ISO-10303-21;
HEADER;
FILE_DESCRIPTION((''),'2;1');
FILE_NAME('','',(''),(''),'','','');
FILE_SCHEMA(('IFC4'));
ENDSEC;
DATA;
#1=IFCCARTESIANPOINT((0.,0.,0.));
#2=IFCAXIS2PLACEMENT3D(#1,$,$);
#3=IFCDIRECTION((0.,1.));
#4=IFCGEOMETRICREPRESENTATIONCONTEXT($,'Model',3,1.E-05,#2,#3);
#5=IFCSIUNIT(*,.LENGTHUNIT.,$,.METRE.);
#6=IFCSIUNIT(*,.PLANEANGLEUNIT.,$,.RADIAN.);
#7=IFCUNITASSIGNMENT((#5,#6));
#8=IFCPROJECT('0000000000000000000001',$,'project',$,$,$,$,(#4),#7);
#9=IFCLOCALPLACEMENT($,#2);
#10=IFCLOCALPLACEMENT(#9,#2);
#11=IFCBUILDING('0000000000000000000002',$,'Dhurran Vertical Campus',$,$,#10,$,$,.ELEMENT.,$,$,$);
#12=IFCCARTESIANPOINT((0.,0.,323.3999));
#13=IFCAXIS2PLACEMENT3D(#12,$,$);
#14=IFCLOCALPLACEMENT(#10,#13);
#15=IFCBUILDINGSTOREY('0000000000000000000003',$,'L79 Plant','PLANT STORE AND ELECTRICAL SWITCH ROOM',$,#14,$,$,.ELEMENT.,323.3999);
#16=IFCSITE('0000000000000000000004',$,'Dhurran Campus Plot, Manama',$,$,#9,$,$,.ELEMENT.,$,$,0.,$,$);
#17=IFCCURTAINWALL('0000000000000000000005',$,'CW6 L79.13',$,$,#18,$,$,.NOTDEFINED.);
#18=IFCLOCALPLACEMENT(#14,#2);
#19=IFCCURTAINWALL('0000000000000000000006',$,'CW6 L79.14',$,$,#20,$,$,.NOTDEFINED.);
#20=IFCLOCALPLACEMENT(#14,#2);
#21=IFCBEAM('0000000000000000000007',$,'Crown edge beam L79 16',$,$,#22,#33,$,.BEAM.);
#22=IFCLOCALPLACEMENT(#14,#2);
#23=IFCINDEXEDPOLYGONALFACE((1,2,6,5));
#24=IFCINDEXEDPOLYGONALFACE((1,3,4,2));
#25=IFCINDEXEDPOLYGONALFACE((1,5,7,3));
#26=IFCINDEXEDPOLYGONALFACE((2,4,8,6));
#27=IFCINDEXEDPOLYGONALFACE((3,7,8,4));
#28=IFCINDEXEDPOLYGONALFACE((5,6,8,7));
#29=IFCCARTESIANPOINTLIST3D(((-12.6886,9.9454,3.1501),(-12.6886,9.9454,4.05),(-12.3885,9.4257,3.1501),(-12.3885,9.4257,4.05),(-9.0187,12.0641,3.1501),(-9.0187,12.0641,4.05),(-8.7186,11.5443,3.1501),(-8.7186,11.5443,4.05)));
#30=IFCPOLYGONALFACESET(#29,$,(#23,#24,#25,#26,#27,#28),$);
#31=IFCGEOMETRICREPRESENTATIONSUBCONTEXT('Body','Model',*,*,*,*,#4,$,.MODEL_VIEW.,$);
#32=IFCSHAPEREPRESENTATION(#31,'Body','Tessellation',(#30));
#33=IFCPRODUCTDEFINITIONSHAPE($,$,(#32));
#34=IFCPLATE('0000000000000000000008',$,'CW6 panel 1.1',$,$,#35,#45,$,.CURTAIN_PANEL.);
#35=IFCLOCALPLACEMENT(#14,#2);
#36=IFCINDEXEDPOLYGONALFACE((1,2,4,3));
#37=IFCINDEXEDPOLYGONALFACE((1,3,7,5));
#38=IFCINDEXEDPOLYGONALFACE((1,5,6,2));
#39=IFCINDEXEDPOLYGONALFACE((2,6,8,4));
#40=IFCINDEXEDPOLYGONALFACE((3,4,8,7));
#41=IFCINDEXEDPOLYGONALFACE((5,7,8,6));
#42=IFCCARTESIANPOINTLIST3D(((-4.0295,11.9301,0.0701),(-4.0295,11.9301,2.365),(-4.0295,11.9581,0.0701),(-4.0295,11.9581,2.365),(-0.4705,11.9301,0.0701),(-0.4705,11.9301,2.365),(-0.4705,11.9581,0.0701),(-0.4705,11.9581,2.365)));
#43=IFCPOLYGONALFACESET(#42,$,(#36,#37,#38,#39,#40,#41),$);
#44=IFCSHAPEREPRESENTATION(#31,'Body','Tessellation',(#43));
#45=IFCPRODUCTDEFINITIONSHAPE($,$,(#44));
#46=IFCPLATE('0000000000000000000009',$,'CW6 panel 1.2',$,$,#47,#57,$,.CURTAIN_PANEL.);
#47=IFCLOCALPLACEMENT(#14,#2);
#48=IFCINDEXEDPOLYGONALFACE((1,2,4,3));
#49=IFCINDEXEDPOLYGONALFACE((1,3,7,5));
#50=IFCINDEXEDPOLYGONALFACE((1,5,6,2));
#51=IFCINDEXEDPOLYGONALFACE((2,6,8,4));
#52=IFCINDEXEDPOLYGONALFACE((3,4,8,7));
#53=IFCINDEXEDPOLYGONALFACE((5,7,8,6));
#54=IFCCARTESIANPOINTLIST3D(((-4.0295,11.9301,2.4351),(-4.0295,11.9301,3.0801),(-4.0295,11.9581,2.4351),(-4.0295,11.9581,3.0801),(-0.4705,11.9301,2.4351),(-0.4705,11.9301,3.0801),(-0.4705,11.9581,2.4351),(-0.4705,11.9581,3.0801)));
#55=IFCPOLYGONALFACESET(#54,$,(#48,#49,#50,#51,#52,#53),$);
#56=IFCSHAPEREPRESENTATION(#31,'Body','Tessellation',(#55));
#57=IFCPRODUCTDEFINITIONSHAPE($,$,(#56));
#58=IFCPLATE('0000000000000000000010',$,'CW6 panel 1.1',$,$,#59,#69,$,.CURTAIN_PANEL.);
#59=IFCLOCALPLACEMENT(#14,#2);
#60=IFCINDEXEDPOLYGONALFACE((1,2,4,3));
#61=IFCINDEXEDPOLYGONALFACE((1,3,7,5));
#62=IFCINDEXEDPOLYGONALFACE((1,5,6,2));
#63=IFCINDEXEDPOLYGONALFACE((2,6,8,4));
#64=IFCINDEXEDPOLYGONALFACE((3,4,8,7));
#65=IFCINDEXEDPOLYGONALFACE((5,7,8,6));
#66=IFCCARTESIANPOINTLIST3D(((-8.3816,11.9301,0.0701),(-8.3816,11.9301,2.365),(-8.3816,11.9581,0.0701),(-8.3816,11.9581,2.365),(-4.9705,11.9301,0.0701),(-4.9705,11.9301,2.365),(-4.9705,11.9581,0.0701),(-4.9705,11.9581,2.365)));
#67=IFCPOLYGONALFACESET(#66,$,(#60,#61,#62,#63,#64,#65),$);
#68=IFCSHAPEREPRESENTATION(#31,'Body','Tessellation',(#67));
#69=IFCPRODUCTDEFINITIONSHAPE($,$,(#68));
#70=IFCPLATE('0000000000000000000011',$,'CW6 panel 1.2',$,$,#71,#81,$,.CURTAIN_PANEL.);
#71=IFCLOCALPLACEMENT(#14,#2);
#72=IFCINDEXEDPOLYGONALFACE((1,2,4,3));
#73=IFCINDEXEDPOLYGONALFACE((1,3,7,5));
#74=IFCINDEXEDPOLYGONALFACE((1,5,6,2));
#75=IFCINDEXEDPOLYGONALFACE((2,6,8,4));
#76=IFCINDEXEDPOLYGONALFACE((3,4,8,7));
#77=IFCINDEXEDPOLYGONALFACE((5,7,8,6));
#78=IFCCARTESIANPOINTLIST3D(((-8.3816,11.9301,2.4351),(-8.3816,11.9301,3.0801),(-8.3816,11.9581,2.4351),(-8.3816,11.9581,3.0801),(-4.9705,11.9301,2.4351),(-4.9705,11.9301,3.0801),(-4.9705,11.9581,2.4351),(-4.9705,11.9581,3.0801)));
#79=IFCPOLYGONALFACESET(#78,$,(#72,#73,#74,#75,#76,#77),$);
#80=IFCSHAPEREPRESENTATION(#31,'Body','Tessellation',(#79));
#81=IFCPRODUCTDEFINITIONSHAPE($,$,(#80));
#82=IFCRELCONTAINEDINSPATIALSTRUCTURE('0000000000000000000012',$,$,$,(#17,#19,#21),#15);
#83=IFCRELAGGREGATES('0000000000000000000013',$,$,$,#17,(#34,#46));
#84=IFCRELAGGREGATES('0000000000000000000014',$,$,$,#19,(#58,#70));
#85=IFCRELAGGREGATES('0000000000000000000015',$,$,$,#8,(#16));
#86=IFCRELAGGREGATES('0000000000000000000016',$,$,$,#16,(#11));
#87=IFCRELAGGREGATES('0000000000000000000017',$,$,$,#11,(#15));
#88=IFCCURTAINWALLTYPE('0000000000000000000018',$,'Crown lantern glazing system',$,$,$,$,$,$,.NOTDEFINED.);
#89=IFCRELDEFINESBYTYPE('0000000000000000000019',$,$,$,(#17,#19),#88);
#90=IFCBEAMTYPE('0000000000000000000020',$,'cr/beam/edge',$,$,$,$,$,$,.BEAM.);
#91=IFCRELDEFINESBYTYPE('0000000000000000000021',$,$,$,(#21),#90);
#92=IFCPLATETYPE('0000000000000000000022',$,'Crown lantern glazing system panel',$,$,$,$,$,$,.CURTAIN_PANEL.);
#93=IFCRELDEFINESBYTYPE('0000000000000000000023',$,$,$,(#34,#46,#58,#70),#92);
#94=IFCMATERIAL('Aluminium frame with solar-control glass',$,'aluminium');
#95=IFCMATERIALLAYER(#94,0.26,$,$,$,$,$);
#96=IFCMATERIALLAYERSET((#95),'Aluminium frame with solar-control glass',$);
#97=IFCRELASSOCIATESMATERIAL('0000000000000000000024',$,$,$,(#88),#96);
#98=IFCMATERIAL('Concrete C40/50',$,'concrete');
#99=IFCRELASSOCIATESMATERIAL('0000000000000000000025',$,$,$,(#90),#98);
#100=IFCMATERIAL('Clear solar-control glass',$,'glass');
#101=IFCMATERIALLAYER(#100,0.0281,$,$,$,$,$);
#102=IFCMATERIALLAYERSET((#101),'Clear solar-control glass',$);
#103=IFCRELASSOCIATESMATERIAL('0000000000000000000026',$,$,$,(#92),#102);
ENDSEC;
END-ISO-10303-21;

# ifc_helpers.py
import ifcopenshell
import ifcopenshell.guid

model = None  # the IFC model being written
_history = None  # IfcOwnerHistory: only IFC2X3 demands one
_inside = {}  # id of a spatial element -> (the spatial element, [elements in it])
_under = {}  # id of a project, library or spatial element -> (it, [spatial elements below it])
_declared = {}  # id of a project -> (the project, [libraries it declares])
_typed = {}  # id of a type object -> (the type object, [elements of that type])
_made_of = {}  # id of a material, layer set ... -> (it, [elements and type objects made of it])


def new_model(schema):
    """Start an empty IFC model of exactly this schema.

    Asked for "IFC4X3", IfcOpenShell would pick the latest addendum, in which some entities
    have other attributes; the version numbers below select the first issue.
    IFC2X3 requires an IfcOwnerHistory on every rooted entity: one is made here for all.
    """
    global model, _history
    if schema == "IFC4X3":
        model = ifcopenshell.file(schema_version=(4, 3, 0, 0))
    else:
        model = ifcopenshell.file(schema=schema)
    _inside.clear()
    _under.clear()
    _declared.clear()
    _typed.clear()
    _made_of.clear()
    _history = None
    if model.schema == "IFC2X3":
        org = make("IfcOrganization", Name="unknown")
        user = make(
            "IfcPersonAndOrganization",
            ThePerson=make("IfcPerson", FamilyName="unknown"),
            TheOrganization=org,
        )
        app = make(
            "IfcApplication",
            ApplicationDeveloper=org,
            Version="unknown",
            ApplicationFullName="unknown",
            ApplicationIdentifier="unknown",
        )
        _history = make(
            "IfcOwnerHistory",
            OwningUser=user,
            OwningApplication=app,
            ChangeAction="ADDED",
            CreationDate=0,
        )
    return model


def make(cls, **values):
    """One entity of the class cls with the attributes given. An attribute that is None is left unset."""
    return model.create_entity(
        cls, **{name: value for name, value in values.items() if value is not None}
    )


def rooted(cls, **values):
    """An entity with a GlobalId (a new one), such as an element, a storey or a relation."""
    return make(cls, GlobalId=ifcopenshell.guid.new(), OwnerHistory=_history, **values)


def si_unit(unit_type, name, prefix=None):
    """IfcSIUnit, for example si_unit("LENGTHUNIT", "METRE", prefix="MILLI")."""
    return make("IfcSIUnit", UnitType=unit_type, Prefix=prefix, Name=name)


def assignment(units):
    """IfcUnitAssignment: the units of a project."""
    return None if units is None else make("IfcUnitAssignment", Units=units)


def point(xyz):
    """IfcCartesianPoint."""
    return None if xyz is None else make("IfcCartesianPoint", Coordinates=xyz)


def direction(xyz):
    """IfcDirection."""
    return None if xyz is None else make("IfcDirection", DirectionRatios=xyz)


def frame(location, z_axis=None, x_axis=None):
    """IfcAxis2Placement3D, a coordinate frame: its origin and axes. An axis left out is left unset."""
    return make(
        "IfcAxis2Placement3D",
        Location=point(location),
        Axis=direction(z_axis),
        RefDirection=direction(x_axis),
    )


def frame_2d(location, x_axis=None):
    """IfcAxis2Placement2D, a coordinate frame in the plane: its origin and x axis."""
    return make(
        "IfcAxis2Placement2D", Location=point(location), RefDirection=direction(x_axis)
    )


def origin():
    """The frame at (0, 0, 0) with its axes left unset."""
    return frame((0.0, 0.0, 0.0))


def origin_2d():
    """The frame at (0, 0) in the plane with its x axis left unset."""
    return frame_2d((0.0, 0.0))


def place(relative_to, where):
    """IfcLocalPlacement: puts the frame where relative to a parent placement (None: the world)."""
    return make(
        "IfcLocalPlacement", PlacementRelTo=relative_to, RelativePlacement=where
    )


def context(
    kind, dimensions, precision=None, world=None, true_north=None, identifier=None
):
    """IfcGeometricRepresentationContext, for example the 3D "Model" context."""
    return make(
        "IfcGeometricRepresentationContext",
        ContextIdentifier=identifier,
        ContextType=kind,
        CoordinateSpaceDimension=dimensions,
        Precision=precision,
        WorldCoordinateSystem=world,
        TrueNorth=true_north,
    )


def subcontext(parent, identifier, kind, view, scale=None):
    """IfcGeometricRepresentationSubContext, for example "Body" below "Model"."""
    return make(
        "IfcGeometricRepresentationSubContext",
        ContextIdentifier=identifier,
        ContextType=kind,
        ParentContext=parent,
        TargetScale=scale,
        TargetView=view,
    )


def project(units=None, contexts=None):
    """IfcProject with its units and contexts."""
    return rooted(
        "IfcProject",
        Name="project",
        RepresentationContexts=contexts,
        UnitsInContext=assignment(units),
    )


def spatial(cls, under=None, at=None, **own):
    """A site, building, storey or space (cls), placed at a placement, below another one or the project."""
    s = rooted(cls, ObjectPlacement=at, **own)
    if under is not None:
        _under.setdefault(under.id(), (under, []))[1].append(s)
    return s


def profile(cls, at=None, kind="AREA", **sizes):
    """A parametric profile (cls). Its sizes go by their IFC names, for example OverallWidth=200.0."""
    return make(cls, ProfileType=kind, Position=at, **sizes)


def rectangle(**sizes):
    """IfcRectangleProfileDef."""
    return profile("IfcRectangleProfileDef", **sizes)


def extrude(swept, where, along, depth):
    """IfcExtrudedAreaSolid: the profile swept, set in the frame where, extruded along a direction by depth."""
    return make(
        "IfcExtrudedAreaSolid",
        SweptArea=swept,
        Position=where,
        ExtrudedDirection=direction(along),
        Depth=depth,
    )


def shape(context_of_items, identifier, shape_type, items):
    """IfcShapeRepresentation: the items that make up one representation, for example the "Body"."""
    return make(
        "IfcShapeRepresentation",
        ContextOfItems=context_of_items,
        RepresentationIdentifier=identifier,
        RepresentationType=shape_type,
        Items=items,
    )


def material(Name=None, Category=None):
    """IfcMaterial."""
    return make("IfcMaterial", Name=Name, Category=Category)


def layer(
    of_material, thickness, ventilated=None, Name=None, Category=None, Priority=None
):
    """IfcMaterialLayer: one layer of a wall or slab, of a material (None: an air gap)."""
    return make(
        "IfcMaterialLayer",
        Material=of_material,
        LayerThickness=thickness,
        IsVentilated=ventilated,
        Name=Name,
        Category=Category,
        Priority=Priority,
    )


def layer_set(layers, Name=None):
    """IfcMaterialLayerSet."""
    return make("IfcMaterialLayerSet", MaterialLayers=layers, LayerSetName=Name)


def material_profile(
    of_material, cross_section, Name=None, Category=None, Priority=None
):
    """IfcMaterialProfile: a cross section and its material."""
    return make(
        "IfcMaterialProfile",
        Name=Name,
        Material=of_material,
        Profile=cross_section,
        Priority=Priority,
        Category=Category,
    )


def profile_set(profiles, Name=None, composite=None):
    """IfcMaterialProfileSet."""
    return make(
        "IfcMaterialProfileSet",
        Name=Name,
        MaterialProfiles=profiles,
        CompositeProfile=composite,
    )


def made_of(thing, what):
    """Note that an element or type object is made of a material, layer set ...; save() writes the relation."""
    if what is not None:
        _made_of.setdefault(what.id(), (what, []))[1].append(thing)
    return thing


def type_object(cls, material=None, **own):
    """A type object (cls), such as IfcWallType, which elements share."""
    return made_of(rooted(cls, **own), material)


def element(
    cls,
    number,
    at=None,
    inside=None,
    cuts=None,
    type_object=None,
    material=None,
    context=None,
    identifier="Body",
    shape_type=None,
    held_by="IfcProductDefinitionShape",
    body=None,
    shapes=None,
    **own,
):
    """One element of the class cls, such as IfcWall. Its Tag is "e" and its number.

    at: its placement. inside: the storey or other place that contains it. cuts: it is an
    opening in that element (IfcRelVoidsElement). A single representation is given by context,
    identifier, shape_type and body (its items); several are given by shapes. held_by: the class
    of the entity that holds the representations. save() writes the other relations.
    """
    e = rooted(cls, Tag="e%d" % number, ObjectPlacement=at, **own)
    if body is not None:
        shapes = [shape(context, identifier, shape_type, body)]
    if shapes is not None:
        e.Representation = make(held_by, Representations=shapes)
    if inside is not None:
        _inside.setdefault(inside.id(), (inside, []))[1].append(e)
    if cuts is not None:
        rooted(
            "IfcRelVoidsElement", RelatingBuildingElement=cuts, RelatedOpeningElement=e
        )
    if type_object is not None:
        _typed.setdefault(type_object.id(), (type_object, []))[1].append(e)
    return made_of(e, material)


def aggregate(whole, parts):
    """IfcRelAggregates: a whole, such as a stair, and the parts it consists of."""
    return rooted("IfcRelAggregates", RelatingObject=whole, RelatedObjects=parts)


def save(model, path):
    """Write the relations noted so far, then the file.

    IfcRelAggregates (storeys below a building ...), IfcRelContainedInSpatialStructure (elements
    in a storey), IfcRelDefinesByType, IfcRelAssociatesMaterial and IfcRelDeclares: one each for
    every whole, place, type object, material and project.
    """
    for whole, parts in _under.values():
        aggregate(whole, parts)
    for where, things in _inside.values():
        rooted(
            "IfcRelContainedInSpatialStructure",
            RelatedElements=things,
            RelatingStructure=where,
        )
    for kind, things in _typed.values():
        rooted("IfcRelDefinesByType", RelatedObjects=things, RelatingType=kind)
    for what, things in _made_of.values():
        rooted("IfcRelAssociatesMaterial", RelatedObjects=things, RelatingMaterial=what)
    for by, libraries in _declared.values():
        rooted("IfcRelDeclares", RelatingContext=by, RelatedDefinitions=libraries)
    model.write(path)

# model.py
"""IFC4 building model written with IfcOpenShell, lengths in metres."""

from ifc_helpers import new_model, si_unit, direction, frame, origin, origin_2d, place, context, subcontext, project, spatial, rectangle, extrude, material, layer, layer_set, material_profile, profile_set, type_object, element, aggregate, save


model = new_model("IFC4")

# Units and contexts
model_context = context("Model", 3, precision=1e-05, world=origin(), true_north=direction((0.0, 1.0)))
body_context = subcontext(model_context, "Body", "Model", "MODEL_VIEW")
ifc_project = project(units=[si_unit("LENGTHUNIT", "METRE"), si_unit("PLANEANGLEUNIT", "RADIAN")], contexts=[model_context])

# Site, building, storey
site_placement = place(None, origin())
site = spatial("IfcSite", under=ifc_project, at=site_placement, Name="Dhurran Campus Plot, Manama", CompositionType="ELEMENT", RefElevation=0.0)
building_placement = place(site_placement, origin())
building = spatial("IfcBuilding", under=site, at=building_placement, Name="Dhurran Vertical Campus", CompositionType="ELEMENT")
storey_placement = place(building_placement, frame((0.0, 0.0, 323.3999)))
storey = spatial("IfcBuildingStorey", under=building, at=storey_placement, Name="L79 Plant", Description="PLANT STORE AND ELECTRICAL SWITCH ROOM", CompositionType="ELEMENT", Elevation=323.3999)

# Curtain walls
ifc_material_1 = material(Name="Aluminium frame with solar-control glass", Category="aluminium")
ifc_layer_1 = layer(ifc_material_1, 0.26)
ifc_layer_set_1 = layer_set([ifc_layer_1], Name="Aluminium frame with solar-control glass")
curtain_wall_type = type_object("IfcCurtainWallType", Name="Crown lantern glazing system", PredefinedType="NOTDEFINED", material=ifc_layer_set_1)
curtain_wall_1_placement = place(storey_placement, origin())
curtain_wall_1 = element("IfcCurtainWall", 1, at=curtain_wall_1_placement, inside=storey, type_object=curtain_wall_type, Name="CW6 L79.13", PredefinedType="NOTDEFINED")
curtain_wall_2_placement = place(storey_placement, origin())
curtain_wall_2 = element("IfcCurtainWall", 2, at=curtain_wall_2_placement, inside=storey, type_object=curtain_wall_type, Name="CW6 L79.14", PredefinedType="NOTDEFINED")

# Beam
ifc_material_2 = material(Name="Concrete C40/50", Category="concrete")
ifc_material_profile_1 = material_profile(ifc_material_2, rectangle(XDim=0.6001, YDim=0.8999, at=origin_2d()), Name="cr/beam/edge")
ifc_profile_set_1 = profile_set([ifc_material_profile_1], Name="Concrete C40/50")
beam_type = type_object("IfcBeamType", Name="cr/beam/edge", PredefinedType="BEAM", material=ifc_profile_set_1)
beam_1_placement = place(storey_placement, frame((-8.8687, 11.8042, 3.6001), z_axis=(-0.866044, -0.499968, 0.0), x_axis=(0.499968, -0.866044, 0.0)))
element("IfcBeam", 3, at=beam_1_placement, inside=storey, type_object=beam_type, Name="Crown edge beam L79 16", PredefinedType="BEAM", context=body_context, shape_type="SweptSolid", body=[
    extrude(rectangle(XDim=0.6001, YDim=0.8999, at=origin_2d()), origin(), (0.0, 0.0, 1.0), 4.2375),
])

# Plates
ifc_material_3 = material(Name="Clear solar-control glass", Category="glass")
ifc_layer_2 = layer(ifc_material_3, 0.0281)
ifc_layer_set_2 = layer_set([ifc_layer_2], Name="Clear solar-control glass")
plate_type = type_object("IfcPlateType", Name="Crown lantern glazing system panel", PredefinedType="CURTAIN_PANEL", material=ifc_layer_set_2)
plate_1_placement = place(storey_placement, frame((-2.25, 11.9441, 0.0701), z_axis=(0.0, 0.0, 1.0), x_axis=(-1.0, 0.0, 0.0)))
plate_1 = element("IfcPlate", 4, at=plate_1_placement, type_object=plate_type, Name="CW6 panel 1.1", PredefinedType="CURTAIN_PANEL", context=body_context, shape_type="SweptSolid", body=[
    extrude(rectangle(XDim=3.5591, YDim=0.0281, at=origin_2d()), origin(), (0.0, 0.0, 1.0), 2.2949),
])
plate_2_placement = place(storey_placement, frame((-2.25, 11.9441, 2.4351), z_axis=(0.0, 0.0, 1.0), x_axis=(-1.0, 0.0, 0.0)))
plate_2 = element("IfcPlate", 5, at=plate_2_placement, type_object=plate_type, Name="CW6 panel 1.2", PredefinedType="CURTAIN_PANEL", context=body_context, shape_type="SweptSolid", body=[
    extrude(rectangle(XDim=3.5591, YDim=0.0281, at=origin_2d()), origin(), (0.0, 0.0, 1.0), 0.645),
])
aggregate(curtain_wall_1, [plate_1, plate_2])
plate_3_placement = place(storey_placement, frame((-6.676, 11.9441, 0.0701), z_axis=(0.0, 0.0, 1.0), x_axis=(-1.0, 0.0, 0.0)))
plate_3 = element("IfcPlate", 6, at=plate_3_placement, type_object=plate_type, Name="CW6 panel 1.1", PredefinedType="CURTAIN_PANEL", context=body_context, shape_type="SweptSolid", body=[
    extrude(rectangle(XDim=3.4111, YDim=0.0281, at=origin_2d()), origin(), (0.0, 0.0, 1.0), 2.2949),
])
plate_4_placement = place(storey_placement, frame((-6.676, 11.9441, 2.4351), z_axis=(0.0, 0.0, 1.0), x_axis=(-1.0, 0.0, 0.0)))
plate_4 = element("IfcPlate", 7, at=plate_4_placement, type_object=plate_type, Name="CW6 panel 1.2", PredefinedType="CURTAIN_PANEL", context=body_context, shape_type="SweptSolid", body=[
    extrude(rectangle(XDim=3.4111, YDim=0.0281, at=origin_2d()), origin(), (0.0, 0.0, 1.0), 0.645),
])
aggregate(curtain_wall_2, [plate_3, plate_4])

save(model, "model.ifc")
